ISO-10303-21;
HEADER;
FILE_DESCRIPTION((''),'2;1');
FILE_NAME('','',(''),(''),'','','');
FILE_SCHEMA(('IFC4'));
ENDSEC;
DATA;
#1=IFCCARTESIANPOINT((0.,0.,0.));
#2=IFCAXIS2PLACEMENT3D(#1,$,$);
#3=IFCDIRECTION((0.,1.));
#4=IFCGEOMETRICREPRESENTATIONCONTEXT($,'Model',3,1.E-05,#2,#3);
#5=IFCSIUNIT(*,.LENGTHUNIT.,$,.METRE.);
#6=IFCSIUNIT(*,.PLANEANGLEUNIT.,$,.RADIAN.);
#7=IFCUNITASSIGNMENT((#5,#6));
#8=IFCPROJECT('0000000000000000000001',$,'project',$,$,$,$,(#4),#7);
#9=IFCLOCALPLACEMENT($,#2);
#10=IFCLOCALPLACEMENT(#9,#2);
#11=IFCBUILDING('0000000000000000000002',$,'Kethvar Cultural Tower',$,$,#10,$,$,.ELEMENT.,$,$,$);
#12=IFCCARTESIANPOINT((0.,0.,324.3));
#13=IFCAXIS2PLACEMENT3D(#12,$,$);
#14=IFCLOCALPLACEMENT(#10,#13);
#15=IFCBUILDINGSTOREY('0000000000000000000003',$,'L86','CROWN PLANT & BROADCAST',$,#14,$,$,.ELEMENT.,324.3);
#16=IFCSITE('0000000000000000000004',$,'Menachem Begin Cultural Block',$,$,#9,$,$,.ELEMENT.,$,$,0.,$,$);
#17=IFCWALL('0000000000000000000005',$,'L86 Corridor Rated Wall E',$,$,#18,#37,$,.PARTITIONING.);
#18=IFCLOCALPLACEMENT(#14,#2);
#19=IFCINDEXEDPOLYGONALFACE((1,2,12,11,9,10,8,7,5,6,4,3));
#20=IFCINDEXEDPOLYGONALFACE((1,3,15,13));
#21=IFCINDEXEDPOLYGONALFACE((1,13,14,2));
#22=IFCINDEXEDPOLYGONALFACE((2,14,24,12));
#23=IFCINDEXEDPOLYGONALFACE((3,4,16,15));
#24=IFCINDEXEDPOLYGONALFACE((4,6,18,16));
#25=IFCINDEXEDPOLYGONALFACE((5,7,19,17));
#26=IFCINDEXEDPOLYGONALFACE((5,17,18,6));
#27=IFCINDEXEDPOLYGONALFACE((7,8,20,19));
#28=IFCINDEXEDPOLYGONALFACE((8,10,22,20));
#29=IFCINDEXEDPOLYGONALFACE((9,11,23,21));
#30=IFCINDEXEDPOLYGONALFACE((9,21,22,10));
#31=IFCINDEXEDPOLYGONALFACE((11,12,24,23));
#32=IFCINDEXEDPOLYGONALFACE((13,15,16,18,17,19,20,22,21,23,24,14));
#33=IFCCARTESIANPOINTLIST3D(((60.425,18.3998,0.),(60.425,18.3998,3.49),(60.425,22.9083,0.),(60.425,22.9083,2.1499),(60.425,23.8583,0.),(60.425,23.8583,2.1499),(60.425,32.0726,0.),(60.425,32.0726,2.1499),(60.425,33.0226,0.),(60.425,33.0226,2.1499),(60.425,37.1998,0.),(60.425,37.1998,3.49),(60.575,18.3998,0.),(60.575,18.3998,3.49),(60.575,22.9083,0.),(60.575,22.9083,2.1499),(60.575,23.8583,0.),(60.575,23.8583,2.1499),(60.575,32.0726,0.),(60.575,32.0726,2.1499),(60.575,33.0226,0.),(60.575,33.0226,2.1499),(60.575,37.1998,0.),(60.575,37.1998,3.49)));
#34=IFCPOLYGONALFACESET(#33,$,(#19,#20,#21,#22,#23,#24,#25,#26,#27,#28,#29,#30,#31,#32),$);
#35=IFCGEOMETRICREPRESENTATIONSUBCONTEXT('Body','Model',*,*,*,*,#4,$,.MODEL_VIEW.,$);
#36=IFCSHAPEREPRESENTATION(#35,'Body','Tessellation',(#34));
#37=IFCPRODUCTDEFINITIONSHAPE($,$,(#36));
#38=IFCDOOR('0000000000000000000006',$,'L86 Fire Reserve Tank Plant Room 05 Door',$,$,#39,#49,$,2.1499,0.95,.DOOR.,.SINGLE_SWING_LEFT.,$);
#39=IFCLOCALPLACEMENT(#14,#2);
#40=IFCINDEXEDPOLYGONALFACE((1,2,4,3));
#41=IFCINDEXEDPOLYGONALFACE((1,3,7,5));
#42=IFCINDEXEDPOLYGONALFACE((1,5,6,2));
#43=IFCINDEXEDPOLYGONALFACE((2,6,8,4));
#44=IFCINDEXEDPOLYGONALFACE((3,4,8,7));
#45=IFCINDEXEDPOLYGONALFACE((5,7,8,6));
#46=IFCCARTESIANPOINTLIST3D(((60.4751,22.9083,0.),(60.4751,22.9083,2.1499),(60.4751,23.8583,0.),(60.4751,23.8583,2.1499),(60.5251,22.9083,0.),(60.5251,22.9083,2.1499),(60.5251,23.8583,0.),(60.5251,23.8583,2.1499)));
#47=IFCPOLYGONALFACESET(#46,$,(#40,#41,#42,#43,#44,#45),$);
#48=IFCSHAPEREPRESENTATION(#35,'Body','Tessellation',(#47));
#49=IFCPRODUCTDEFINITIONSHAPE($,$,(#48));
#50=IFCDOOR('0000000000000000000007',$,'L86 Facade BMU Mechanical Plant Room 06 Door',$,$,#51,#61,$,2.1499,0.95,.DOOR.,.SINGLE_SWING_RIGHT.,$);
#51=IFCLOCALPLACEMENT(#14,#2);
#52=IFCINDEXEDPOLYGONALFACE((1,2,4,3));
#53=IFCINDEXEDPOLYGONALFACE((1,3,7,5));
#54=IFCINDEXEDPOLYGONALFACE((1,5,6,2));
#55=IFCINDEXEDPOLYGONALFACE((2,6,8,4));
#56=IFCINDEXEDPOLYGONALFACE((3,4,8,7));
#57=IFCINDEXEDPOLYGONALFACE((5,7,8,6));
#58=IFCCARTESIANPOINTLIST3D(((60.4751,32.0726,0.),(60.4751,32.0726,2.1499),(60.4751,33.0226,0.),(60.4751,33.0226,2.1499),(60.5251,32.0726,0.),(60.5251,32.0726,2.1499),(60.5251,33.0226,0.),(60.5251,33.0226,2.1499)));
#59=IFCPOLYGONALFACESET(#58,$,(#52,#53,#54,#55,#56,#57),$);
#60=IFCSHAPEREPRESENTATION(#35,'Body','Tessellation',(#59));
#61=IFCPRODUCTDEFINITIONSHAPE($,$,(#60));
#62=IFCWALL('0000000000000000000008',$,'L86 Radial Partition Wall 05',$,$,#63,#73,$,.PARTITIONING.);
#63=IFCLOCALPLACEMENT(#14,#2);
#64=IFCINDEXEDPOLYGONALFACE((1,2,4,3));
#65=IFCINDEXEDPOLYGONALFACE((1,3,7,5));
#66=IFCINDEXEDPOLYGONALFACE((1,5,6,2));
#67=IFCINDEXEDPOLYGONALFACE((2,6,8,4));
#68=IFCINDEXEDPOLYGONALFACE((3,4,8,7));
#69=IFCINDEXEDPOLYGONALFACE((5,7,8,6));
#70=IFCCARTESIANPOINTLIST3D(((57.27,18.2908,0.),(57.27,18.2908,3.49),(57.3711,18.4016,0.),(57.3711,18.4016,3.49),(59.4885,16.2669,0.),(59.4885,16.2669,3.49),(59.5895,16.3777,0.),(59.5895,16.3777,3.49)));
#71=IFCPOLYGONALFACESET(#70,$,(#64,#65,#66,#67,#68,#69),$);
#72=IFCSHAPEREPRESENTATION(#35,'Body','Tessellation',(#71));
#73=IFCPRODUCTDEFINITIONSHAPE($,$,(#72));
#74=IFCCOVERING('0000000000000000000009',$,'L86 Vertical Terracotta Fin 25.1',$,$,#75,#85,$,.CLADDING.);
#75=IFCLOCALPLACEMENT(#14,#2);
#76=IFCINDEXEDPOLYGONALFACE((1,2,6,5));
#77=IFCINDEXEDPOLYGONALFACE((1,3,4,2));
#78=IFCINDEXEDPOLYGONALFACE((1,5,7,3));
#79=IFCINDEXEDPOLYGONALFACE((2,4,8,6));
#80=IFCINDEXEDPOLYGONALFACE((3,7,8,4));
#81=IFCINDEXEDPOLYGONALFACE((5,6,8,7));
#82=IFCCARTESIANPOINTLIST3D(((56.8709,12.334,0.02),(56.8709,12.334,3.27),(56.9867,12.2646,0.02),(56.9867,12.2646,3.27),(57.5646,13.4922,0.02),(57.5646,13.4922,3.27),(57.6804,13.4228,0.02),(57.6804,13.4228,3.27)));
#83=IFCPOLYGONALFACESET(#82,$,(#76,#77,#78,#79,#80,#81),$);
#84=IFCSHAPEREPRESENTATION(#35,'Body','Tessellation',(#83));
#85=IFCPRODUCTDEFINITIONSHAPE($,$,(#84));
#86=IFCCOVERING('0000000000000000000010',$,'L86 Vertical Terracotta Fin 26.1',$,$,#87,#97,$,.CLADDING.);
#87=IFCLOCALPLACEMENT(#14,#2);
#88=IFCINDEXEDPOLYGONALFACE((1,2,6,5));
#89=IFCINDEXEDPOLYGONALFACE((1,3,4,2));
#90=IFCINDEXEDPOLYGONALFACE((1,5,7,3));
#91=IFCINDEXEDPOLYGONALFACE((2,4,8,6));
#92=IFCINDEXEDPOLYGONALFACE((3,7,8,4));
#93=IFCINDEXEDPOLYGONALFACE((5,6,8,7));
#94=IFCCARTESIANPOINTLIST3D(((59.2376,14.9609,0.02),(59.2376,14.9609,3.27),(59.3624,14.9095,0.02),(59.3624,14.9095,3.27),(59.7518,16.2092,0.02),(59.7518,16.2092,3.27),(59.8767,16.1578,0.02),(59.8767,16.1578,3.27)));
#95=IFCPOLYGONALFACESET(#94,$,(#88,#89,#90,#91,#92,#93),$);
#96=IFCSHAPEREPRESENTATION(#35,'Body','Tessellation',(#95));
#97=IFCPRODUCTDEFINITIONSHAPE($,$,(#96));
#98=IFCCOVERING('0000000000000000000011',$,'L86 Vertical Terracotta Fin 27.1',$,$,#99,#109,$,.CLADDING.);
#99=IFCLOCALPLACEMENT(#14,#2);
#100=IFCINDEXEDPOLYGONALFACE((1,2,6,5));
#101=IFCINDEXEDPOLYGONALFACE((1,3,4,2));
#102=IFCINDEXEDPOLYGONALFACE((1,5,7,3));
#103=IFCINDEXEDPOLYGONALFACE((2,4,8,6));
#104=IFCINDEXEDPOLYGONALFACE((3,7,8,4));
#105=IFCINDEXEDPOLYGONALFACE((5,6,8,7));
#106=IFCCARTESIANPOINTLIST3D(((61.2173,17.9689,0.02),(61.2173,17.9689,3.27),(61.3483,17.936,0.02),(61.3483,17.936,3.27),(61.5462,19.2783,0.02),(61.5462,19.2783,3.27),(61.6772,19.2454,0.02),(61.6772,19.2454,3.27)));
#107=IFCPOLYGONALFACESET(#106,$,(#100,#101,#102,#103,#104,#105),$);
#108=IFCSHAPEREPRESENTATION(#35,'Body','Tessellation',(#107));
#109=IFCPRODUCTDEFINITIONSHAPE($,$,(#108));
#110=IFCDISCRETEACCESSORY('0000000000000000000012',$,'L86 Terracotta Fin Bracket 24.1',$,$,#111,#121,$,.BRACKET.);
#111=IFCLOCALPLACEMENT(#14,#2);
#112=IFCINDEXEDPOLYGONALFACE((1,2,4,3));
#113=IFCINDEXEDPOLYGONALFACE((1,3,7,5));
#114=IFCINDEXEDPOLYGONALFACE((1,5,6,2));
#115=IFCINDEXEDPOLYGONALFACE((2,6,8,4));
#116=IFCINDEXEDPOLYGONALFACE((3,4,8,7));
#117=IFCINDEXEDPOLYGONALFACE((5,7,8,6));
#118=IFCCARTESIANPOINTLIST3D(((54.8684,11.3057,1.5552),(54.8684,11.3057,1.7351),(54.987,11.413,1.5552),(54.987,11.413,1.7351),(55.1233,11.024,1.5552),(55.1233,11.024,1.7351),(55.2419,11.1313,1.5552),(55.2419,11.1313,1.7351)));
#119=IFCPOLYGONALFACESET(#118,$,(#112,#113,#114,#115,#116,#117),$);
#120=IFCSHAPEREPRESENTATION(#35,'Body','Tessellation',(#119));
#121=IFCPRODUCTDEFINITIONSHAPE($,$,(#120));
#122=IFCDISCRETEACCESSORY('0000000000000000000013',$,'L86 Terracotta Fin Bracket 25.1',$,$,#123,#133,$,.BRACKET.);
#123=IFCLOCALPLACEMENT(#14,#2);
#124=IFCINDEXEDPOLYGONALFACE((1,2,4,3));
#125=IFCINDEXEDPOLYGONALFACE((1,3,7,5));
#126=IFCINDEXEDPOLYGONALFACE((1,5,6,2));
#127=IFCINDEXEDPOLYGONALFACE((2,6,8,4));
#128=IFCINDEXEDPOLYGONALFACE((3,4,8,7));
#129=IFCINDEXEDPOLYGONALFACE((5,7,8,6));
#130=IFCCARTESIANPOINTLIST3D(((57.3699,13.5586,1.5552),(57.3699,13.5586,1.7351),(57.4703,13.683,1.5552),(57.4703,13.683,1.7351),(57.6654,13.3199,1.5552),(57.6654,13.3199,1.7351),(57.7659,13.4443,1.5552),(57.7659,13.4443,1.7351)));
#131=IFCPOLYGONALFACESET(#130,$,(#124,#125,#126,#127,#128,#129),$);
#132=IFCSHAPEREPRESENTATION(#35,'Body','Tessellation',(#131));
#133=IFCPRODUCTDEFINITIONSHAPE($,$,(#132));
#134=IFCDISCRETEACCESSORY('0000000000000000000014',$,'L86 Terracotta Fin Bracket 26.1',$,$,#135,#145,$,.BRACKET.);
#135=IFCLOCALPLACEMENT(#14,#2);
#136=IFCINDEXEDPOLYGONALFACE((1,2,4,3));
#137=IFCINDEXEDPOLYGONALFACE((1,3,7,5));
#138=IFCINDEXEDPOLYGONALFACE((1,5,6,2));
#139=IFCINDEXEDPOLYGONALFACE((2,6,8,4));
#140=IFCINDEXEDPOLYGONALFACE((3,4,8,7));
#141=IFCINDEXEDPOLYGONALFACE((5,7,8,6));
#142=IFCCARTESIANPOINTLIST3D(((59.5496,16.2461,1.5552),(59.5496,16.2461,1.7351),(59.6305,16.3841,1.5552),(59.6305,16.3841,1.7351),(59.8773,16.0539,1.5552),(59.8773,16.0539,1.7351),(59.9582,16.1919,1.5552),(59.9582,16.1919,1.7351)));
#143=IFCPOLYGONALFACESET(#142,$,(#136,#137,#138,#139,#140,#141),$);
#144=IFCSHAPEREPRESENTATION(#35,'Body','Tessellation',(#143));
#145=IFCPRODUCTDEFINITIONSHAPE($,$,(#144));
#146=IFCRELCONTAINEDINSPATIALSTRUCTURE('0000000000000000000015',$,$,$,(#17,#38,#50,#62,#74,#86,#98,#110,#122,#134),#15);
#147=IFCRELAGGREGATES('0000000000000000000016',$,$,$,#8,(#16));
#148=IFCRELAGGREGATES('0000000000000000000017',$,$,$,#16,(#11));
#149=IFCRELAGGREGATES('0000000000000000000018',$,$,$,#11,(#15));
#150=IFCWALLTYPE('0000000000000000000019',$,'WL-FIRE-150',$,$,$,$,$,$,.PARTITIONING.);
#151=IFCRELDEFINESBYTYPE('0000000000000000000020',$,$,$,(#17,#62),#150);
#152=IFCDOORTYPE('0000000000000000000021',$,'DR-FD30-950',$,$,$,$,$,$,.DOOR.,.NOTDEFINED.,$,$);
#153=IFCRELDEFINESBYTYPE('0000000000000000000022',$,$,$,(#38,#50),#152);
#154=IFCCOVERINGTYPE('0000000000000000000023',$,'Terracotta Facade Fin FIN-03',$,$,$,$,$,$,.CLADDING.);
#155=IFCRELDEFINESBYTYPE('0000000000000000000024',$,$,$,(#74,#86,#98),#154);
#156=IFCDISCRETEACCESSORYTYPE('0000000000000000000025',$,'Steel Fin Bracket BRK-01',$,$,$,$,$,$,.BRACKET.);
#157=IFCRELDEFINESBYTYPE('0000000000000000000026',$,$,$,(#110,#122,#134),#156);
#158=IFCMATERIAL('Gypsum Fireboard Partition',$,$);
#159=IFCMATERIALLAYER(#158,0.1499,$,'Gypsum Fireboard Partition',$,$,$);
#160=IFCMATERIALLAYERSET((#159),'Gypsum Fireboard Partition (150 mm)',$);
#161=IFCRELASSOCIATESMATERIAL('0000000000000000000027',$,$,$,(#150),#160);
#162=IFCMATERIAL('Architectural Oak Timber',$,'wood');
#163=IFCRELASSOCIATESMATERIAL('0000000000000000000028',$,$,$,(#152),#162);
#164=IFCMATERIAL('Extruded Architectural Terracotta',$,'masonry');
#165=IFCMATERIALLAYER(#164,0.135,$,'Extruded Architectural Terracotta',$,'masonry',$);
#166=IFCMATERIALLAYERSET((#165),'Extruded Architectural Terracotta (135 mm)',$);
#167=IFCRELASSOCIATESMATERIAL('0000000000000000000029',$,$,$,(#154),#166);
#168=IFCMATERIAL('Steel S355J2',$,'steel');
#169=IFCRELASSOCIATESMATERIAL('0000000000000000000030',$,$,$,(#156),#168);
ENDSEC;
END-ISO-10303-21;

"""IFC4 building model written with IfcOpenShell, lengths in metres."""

from ifc_helpers import new_model, si_unit, direction, frame, frame_2d, origin, origin_2d, place, context, subcontext, project, spatial, rectangle, extrude, source, transform, mapped, material, layer, layer_set, type_object, element, fill, save


model = new_model("IFC4")

# Units and contexts
model_context = context("Model", 3, precision=1e-05, world=origin(), true_north=direction((0.0, 1.0)))
body_context = subcontext(model_context, "Body", "Model", "MODEL_VIEW")
ifc_project = project(units=[si_unit("LENGTHUNIT", "METRE"), si_unit("PLANEANGLEUNIT", "RADIAN")], contexts=[model_context])

# Site, building, storey
site_placement = place(None, origin())
site = spatial("IfcSite", under=ifc_project, at=site_placement, Name="Menachem Begin Cultural Block", CompositionType="ELEMENT", RefElevation=0.0)
building_placement = place(site_placement, origin())
building = spatial("IfcBuilding", under=site, at=building_placement, Name="Kethvar Cultural Tower", CompositionType="ELEMENT")
storey_placement = place(building_placement, frame((0.0, 0.0, 324.3)))
storey = spatial("IfcBuildingStorey", under=building, at=storey_placement, Name="L86", Description="CROWN PLANT & BROADCAST", CompositionType="ELEMENT", Elevation=324.3)

# Wall, openings, doors
ifc_material_1 = material(Name="Gypsum Fireboard Partition")
ifc_layer_1 = layer(ifc_material_1, 0.1499, Name="Gypsum Fireboard Partition")
ifc_layer_set_1 = layer_set([ifc_layer_1], Name="Gypsum Fireboard Partition (150 mm)")
wall_type = type_object("IfcWallType", Name="WL-FIRE-150", PredefinedType="PARTITIONING", material=ifc_layer_set_1)
wall_1_placement = place(storey_placement, frame((60.5, 18.3999, 0.0), z_axis=(0.0, 0.0, 1.0), x_axis=(0.0, 1.0, 0.0)))
wall_1 = element("IfcWall", 1, at=wall_1_placement, inside=storey, type_object=wall_type, Name="L86 Corridor Rated Wall E", PredefinedType="PARTITIONING", context=body_context, shape_type="SweptSolid", body=[
    extrude(rectangle(XDim=18.8, YDim=0.1499, at=frame_2d((9.3999, 0.0))), origin(), (0.0, 0.0, 1.0), 3.49),
])
opening_1_placement = place(wall_1_placement, frame((4.5083, 0.0, 0.0)))
opening_1 = element("IfcOpeningElement", 2, at=opening_1_placement, cuts=wall_1, PredefinedType="OPENING", context=body_context, shape_type="SweptSolid", body=[
    extrude(rectangle(XDim=0.95, YDim=2.1499, at=frame_2d((0.4751, 1.075))), frame((0.0, 0.085, 0.0), z_axis=(0.0, -1.0, 0.0), x_axis=(1.0, 0.0, 0.0)), (0.0, 0.0, 1.0), 0.1699),
])
opening_2_placement = place(wall_1_placement, frame((13.6726, 0.0, 0.0)))
opening_2 = element("IfcOpeningElement", 3, at=opening_2_placement, cuts=wall_1, PredefinedType="OPENING", context=body_context, shape_type="SweptSolid", body=[
    extrude(rectangle(XDim=0.95, YDim=2.1499, at=frame_2d((0.4751, 1.075))), frame((0.0, 0.085, 0.0), z_axis=(0.0, -1.0, 0.0), x_axis=(1.0, 0.0, 0.0)), (0.0, 0.0, 1.0), 0.1699),
])
ifc_material_2 = material(Name="Architectural Oak Timber", Category="wood")
door_type = type_object("IfcDoorType", Name="DR-FD30-950", OperationType="NOTDEFINED", PredefinedType="DOOR", material=ifc_material_2)
shared_shape_1 = source(origin(), body_context, "Body", "SweptSolid", [
    extrude(rectangle(XDim=0.95, YDim=2.1499, at=frame_2d((0.4751, 1.075))), frame((0.0, 0.0249, 0.0), z_axis=(0.0, -1.0, 0.0), x_axis=(1.0, 0.0, 0.0)), (0.0, 0.0, 1.0), 0.05),
])
door_1_placement = place(opening_1_placement, origin())
door_1 = element("IfcDoor", 4, at=door_1_placement, inside=storey, type_object=door_type, Name="L86 Fire Reserve Tank Plant Room 05 Door", OperationType="SINGLE_SWING_LEFT", OverallHeight=2.1499, OverallWidth=0.95, PredefinedType="DOOR", context=body_context, shape_type="MappedRepresentation", body=[
    mapped(shared_shape_1, transform((0.0, 0.0, 0.0), scale=1.0)),
])
fill(opening_1, door_1)
door_2_placement = place(opening_2_placement, origin())
door_2 = element("IfcDoor", 5, at=door_2_placement, inside=storey, type_object=door_type, Name="L86 Facade BMU Mechanical Plant Room 06 Door", OperationType="SINGLE_SWING_RIGHT", OverallHeight=2.1499, OverallWidth=0.95, PredefinedType="DOOR", context=body_context, shape_type="MappedRepresentation", body=[
    mapped(shared_shape_1, transform((0.0, 0.0, 0.0), scale=1.0)),
])
fill(opening_2, door_2)

# Wall
wall_2_placement = place(storey_placement, frame((57.3206, 18.3462, 0.0), z_axis=(0.0, 0.0, 1.0), x_axis=(0.738762, -0.673967, 0.0)))
element("IfcWall", 6, at=wall_2_placement, inside=storey, type_object=wall_type, Name="L86 Radial Partition Wall 05", PredefinedType="PARTITIONING", context=body_context, shape_type="SweptSolid", body=[
    extrude(rectangle(XDim=3.0029, YDim=0.1499, at=frame_2d((1.5015, 0.0))), origin(), (0.0, 0.0, 1.0), 3.49),
])

# Coverings
ifc_material_3 = material(Name="Extruded Architectural Terracotta", Category="masonry")
ifc_layer_2 = layer(ifc_material_3, 0.135, Name="Extruded Architectural Terracotta", Category="masonry")
ifc_layer_set_2 = layer_set([ifc_layer_2], Name="Extruded Architectural Terracotta (135 mm)")
covering_type = type_object("IfcCoveringType", Name="Terracotta Facade Fin FIN-03", PredefinedType="CLADDING", material=ifc_layer_set_2)
shared_shape_2 = source(origin(), body_context, "Body", "SweptSolid", [
    extrude(rectangle(XDim=1.3501, YDim=0.135, at=origin_2d()), origin(), (0.0, 0.0, 1.0), 3.25),
])
for number, where, z_axis, x_axis, name in (
    (7, (57.2756, 12.8784, 0.02), (0.0, 0.0, 1.0), (-0.513841, -0.857886, 0.0), "L86 Vertical Terracotta Fin 25.1"),
    (8, (59.5571, 15.5593, 0.02), (0.0, 0.0, 1.0), (-0.380909, -0.924613, 0.0), "L86 Vertical Terracotta Fin 26.1"),
    (9, (61.4473, 18.6072, 0.02), (0.0, 0.0, 1.0), (-0.243615, -0.969872, 0.0), "L86 Vertical Terracotta Fin 27.1"),
):
    element("IfcCovering", number, at=place(storey_placement, frame(where, z_axis=z_axis, x_axis=x_axis)), inside=storey, type_object=covering_type, Name=name, PredefinedType="CLADDING", context=body_context, shape_type="MappedRepresentation", body=[
        mapped(shared_shape_2, transform((0.0, 0.0, 0.0), scale=1.0)),
    ])

# Discrete accessories
ifc_material_4 = material(Name="Steel S355J2", Category="steel")
discrete_accessory_type = type_object("IfcDiscreteAccessoryType", Name="Steel Fin Bracket BRK-01", PredefinedType="BRACKET", material=ifc_material_4)
shared_shape_3 = source(origin(), body_context, "Body", "SweptSolid", [
    extrude(rectangle(XDim=0.3799, YDim=0.1599, at=origin_2d()), origin(), (0.0, 0.0, 1.0), 0.1799),
])
for number, where, z_axis, x_axis, name in (
    (10, (55.0552, 11.2185, 1.5552), (0.0, 0.0, 1.0), (0.670944, -0.741508, 0.0), "L86 Terracotta Fin Bracket 24.1"),
    (11, (57.5679, 13.5015, 1.5552), (0.0, 0.0, 1.0), (0.778024, -0.628235, 0.0), "L86 Terracotta Fin Bracket 25.1"),
    (12, (59.7539, 16.219, 1.5552), (0.0, 0.0, 1.0), (0.862602, -0.505883, 0.0), "L86 Terracotta Fin Bracket 26.1"),
):
    element("IfcDiscreteAccessory", number, at=place(storey_placement, frame(where, z_axis=z_axis, x_axis=x_axis)), inside=storey, type_object=discrete_accessory_type, Name=name, PredefinedType="BRACKET", context=body_context, shape_type="MappedRepresentation", body=[
        mapped(shared_shape_3, transform((0.0, 0.0, 0.0), scale=1.0)),
    ])

save(model, "model.ifc")
